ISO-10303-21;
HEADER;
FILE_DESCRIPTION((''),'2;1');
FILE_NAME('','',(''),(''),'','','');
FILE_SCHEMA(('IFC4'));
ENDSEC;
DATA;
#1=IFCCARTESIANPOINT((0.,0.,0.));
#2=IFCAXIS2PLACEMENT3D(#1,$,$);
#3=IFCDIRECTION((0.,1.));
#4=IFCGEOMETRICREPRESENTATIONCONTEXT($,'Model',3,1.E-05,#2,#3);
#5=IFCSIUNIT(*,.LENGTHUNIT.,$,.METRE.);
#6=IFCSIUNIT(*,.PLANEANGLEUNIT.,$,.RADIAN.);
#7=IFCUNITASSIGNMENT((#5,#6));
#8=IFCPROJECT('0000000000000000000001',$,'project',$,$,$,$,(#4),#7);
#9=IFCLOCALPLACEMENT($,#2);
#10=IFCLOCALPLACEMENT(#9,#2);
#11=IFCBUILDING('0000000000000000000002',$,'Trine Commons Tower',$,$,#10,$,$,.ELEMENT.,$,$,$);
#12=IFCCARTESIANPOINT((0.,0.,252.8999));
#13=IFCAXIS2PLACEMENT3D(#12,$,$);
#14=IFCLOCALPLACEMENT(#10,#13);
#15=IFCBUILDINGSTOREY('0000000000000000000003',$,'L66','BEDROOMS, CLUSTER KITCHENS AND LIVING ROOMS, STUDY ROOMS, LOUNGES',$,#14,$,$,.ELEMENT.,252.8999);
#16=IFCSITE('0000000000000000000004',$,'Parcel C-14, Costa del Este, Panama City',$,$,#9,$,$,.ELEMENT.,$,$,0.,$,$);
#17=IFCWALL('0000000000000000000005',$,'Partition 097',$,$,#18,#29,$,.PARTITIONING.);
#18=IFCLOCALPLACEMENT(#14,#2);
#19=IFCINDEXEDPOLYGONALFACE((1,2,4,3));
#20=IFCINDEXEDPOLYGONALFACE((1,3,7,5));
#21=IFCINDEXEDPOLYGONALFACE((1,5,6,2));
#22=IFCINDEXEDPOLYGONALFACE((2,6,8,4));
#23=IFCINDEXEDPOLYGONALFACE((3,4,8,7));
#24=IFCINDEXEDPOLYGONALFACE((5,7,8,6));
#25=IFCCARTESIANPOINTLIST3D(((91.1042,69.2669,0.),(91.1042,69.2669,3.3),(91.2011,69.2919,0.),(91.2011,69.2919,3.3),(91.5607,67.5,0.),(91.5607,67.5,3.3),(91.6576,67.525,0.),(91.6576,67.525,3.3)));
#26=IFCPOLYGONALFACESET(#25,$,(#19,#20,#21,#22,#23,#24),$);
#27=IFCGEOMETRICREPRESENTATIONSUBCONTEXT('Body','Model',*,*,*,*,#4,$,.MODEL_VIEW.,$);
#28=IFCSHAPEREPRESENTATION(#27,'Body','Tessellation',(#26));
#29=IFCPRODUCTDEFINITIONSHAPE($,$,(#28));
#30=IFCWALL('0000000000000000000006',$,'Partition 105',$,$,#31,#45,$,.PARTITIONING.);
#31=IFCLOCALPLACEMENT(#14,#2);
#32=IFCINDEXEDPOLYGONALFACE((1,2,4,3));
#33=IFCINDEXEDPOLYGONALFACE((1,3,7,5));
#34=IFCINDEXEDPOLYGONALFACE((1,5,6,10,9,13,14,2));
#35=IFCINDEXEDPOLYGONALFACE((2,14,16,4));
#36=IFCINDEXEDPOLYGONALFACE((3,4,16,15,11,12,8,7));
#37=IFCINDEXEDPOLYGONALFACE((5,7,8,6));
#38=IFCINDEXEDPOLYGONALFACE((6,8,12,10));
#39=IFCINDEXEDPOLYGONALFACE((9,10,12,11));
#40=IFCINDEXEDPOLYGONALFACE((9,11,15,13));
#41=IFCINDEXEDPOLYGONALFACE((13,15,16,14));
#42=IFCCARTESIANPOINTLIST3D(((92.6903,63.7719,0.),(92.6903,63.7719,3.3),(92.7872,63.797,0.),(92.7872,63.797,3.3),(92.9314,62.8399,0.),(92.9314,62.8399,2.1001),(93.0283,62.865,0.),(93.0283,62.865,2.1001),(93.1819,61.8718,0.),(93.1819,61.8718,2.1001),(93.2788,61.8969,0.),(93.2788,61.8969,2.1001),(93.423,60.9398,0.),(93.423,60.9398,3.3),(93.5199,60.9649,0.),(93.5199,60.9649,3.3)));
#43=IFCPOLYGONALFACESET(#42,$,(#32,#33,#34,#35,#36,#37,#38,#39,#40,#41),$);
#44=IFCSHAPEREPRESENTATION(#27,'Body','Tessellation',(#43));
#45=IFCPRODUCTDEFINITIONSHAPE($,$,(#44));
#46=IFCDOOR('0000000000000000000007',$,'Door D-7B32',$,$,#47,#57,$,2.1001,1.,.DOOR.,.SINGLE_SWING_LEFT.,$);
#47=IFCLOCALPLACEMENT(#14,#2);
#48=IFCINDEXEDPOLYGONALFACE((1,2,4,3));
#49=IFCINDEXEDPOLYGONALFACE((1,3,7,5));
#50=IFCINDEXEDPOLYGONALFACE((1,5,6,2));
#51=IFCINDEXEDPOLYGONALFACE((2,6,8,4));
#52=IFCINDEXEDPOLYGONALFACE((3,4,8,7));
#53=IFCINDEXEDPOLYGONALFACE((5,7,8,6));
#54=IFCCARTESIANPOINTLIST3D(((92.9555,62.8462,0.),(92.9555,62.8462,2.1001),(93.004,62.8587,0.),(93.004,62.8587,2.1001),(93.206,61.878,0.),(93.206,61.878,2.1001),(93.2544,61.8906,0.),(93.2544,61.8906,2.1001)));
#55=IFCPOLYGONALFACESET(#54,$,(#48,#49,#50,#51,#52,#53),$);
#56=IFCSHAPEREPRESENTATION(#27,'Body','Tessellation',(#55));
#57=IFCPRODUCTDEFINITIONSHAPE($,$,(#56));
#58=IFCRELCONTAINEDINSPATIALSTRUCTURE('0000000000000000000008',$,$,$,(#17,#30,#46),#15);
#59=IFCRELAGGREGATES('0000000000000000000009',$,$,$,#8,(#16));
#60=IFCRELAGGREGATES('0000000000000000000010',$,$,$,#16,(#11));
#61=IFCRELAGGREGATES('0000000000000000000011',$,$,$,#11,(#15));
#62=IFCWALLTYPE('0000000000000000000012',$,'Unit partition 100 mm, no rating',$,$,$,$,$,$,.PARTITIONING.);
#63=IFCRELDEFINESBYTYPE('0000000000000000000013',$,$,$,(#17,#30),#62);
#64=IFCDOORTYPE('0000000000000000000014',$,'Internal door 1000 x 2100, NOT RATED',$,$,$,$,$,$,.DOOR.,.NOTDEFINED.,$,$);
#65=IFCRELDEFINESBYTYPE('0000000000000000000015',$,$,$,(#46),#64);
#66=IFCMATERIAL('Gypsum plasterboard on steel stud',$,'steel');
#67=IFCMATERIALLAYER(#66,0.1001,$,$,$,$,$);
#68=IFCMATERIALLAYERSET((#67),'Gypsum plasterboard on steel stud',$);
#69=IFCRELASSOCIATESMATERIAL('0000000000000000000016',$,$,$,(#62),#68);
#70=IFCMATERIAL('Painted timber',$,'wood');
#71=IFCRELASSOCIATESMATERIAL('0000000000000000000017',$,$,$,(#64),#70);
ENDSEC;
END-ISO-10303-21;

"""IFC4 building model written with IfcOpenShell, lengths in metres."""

from ifc_helpers import new_model, si_unit, direction, frame, frame_2d, origin, place, context, subcontext, project, spatial, rectangle, extrude, material, layer, layer_set, type_object, element, fill, save


model = new_model("IFC4")

# Units and contexts
model_context = context("Model", 3, precision=1e-05, world=origin(), true_north=direction((0.0, 1.0)))
body_context = subcontext(model_context, "Body", "Model", "MODEL_VIEW")
ifc_project = project(units=[si_unit("LENGTHUNIT", "METRE"), si_unit("PLANEANGLEUNIT", "RADIAN")], contexts=[model_context])

# Site, building, storey
site_placement = place(None, origin())
site = spatial("IfcSite", under=ifc_project, at=site_placement, Name="Parcel C-14, Costa del Este, Panama City", CompositionType="ELEMENT", RefElevation=0.0)
building_placement = place(site_placement, origin())
building = spatial("IfcBuilding", under=site, at=building_placement, Name="Trine Commons Tower", CompositionType="ELEMENT")
storey_placement = place(building_placement, frame((0.0, 0.0, 252.8999)))
storey = spatial("IfcBuildingStorey", under=building, at=storey_placement, Name="L66", Description="BEDROOMS, CLUSTER KITCHENS AND LIVING ROOMS, STUDY ROOMS, LOUNGES", CompositionType="ELEMENT", Elevation=252.8999)

# Shared definitions
ifc_material_1 = material(Name="Gypsum plasterboard on steel stud", Category="steel")

# Shared definitions
ifc_material_2 = material(Name="Painted timber", Category="wood")

# Shared definitions
ifc_layer_1 = layer(ifc_material_1, 0.1001)
ifc_layer_set_1 = layer_set([ifc_layer_1], Name="Gypsum plasterboard on steel stud")
wall_type_1 = type_object("IfcWallType", Name="Unit partition 100 mm, no rating", PredefinedType="PARTITIONING", material=ifc_layer_set_1)

# Wall
wall_1_placement = place(storey_placement, frame((91.1526, 69.2795, 0.0), z_axis=(0.0, 0.0, 1.0), x_axis=(0.250177, -0.9682, 0.0)))
element("IfcWall", 1, at=wall_1_placement, inside=storey, type_object=wall_type_1, Name="Partition 097", PredefinedType="PARTITIONING", context=body_context, shape_type="SweptSolid", body=[
    extrude(rectangle(XDim=1.825, YDim=0.1001, at=frame_2d((0.9126, 0.0))), origin(), (0.0, 0.0, 1.0), 3.3),
])

# Wall, opening, door
wall_2_placement = place(storey_placement, frame((92.7388, 63.7844, 0.0), z_axis=(0.0, 0.0, 1.0), x_axis=(0.250461, -0.968127, 0.0)))
wall_2 = element("IfcWall", 2, at=wall_2_placement, inside=storey, type_object=wall_type_1, Name="Partition 105", PredefinedType="PARTITIONING", context=body_context, shape_type="SweptSolid", body=[
    extrude(rectangle(XDim=2.9253, YDim=0.1001, at=frame_2d((1.4626, 0.0))), origin(), (0.0, 0.0, 1.0), 3.3),
])
opening_1_placement = place(wall_2_placement, frame((0.9626, 0.0, 0.0)))
opening_1 = element("IfcOpeningElement", 3, at=opening_1_placement, cuts=wall_2, PredefinedType="OPENING", context=body_context, shape_type="SweptSolid", body=[
    extrude(rectangle(XDim=1.0, YDim=2.1001, at=frame_2d((0.5, 1.05))), frame((0.0, 0.0601, 0.0), z_axis=(0.0, -1.0, 0.0), x_axis=(1.0, 0.0, 0.0)), (0.0, 0.0, 1.0), 0.1201),
])
door_type_1 = type_object("IfcDoorType", Name="Internal door 1000 x 2100, NOT RATED", OperationType="NOTDEFINED", PredefinedType="DOOR", material=ifc_material_2)
door_1_placement = place(opening_1_placement, origin())
door_1 = element("IfcDoor", 4, at=door_1_placement, inside=storey, type_object=door_type_1, Name="Door D-7B32", OperationType="SINGLE_SWING_LEFT", OverallHeight=2.1001, OverallWidth=1.0, PredefinedType="DOOR", context=body_context, shape_type="SweptSolid", body=[
    extrude(rectangle(XDim=1.0, YDim=2.1001, at=frame_2d((0.5, 1.05))), frame((0.0, 0.0249, 0.0), z_axis=(0.0, -1.0, 0.0), x_axis=(1.0, 0.0, 0.0)), (0.0, 0.0, 1.0), 0.05),
])
fill(opening_1, door_1)

save(model, "model.ifc")
